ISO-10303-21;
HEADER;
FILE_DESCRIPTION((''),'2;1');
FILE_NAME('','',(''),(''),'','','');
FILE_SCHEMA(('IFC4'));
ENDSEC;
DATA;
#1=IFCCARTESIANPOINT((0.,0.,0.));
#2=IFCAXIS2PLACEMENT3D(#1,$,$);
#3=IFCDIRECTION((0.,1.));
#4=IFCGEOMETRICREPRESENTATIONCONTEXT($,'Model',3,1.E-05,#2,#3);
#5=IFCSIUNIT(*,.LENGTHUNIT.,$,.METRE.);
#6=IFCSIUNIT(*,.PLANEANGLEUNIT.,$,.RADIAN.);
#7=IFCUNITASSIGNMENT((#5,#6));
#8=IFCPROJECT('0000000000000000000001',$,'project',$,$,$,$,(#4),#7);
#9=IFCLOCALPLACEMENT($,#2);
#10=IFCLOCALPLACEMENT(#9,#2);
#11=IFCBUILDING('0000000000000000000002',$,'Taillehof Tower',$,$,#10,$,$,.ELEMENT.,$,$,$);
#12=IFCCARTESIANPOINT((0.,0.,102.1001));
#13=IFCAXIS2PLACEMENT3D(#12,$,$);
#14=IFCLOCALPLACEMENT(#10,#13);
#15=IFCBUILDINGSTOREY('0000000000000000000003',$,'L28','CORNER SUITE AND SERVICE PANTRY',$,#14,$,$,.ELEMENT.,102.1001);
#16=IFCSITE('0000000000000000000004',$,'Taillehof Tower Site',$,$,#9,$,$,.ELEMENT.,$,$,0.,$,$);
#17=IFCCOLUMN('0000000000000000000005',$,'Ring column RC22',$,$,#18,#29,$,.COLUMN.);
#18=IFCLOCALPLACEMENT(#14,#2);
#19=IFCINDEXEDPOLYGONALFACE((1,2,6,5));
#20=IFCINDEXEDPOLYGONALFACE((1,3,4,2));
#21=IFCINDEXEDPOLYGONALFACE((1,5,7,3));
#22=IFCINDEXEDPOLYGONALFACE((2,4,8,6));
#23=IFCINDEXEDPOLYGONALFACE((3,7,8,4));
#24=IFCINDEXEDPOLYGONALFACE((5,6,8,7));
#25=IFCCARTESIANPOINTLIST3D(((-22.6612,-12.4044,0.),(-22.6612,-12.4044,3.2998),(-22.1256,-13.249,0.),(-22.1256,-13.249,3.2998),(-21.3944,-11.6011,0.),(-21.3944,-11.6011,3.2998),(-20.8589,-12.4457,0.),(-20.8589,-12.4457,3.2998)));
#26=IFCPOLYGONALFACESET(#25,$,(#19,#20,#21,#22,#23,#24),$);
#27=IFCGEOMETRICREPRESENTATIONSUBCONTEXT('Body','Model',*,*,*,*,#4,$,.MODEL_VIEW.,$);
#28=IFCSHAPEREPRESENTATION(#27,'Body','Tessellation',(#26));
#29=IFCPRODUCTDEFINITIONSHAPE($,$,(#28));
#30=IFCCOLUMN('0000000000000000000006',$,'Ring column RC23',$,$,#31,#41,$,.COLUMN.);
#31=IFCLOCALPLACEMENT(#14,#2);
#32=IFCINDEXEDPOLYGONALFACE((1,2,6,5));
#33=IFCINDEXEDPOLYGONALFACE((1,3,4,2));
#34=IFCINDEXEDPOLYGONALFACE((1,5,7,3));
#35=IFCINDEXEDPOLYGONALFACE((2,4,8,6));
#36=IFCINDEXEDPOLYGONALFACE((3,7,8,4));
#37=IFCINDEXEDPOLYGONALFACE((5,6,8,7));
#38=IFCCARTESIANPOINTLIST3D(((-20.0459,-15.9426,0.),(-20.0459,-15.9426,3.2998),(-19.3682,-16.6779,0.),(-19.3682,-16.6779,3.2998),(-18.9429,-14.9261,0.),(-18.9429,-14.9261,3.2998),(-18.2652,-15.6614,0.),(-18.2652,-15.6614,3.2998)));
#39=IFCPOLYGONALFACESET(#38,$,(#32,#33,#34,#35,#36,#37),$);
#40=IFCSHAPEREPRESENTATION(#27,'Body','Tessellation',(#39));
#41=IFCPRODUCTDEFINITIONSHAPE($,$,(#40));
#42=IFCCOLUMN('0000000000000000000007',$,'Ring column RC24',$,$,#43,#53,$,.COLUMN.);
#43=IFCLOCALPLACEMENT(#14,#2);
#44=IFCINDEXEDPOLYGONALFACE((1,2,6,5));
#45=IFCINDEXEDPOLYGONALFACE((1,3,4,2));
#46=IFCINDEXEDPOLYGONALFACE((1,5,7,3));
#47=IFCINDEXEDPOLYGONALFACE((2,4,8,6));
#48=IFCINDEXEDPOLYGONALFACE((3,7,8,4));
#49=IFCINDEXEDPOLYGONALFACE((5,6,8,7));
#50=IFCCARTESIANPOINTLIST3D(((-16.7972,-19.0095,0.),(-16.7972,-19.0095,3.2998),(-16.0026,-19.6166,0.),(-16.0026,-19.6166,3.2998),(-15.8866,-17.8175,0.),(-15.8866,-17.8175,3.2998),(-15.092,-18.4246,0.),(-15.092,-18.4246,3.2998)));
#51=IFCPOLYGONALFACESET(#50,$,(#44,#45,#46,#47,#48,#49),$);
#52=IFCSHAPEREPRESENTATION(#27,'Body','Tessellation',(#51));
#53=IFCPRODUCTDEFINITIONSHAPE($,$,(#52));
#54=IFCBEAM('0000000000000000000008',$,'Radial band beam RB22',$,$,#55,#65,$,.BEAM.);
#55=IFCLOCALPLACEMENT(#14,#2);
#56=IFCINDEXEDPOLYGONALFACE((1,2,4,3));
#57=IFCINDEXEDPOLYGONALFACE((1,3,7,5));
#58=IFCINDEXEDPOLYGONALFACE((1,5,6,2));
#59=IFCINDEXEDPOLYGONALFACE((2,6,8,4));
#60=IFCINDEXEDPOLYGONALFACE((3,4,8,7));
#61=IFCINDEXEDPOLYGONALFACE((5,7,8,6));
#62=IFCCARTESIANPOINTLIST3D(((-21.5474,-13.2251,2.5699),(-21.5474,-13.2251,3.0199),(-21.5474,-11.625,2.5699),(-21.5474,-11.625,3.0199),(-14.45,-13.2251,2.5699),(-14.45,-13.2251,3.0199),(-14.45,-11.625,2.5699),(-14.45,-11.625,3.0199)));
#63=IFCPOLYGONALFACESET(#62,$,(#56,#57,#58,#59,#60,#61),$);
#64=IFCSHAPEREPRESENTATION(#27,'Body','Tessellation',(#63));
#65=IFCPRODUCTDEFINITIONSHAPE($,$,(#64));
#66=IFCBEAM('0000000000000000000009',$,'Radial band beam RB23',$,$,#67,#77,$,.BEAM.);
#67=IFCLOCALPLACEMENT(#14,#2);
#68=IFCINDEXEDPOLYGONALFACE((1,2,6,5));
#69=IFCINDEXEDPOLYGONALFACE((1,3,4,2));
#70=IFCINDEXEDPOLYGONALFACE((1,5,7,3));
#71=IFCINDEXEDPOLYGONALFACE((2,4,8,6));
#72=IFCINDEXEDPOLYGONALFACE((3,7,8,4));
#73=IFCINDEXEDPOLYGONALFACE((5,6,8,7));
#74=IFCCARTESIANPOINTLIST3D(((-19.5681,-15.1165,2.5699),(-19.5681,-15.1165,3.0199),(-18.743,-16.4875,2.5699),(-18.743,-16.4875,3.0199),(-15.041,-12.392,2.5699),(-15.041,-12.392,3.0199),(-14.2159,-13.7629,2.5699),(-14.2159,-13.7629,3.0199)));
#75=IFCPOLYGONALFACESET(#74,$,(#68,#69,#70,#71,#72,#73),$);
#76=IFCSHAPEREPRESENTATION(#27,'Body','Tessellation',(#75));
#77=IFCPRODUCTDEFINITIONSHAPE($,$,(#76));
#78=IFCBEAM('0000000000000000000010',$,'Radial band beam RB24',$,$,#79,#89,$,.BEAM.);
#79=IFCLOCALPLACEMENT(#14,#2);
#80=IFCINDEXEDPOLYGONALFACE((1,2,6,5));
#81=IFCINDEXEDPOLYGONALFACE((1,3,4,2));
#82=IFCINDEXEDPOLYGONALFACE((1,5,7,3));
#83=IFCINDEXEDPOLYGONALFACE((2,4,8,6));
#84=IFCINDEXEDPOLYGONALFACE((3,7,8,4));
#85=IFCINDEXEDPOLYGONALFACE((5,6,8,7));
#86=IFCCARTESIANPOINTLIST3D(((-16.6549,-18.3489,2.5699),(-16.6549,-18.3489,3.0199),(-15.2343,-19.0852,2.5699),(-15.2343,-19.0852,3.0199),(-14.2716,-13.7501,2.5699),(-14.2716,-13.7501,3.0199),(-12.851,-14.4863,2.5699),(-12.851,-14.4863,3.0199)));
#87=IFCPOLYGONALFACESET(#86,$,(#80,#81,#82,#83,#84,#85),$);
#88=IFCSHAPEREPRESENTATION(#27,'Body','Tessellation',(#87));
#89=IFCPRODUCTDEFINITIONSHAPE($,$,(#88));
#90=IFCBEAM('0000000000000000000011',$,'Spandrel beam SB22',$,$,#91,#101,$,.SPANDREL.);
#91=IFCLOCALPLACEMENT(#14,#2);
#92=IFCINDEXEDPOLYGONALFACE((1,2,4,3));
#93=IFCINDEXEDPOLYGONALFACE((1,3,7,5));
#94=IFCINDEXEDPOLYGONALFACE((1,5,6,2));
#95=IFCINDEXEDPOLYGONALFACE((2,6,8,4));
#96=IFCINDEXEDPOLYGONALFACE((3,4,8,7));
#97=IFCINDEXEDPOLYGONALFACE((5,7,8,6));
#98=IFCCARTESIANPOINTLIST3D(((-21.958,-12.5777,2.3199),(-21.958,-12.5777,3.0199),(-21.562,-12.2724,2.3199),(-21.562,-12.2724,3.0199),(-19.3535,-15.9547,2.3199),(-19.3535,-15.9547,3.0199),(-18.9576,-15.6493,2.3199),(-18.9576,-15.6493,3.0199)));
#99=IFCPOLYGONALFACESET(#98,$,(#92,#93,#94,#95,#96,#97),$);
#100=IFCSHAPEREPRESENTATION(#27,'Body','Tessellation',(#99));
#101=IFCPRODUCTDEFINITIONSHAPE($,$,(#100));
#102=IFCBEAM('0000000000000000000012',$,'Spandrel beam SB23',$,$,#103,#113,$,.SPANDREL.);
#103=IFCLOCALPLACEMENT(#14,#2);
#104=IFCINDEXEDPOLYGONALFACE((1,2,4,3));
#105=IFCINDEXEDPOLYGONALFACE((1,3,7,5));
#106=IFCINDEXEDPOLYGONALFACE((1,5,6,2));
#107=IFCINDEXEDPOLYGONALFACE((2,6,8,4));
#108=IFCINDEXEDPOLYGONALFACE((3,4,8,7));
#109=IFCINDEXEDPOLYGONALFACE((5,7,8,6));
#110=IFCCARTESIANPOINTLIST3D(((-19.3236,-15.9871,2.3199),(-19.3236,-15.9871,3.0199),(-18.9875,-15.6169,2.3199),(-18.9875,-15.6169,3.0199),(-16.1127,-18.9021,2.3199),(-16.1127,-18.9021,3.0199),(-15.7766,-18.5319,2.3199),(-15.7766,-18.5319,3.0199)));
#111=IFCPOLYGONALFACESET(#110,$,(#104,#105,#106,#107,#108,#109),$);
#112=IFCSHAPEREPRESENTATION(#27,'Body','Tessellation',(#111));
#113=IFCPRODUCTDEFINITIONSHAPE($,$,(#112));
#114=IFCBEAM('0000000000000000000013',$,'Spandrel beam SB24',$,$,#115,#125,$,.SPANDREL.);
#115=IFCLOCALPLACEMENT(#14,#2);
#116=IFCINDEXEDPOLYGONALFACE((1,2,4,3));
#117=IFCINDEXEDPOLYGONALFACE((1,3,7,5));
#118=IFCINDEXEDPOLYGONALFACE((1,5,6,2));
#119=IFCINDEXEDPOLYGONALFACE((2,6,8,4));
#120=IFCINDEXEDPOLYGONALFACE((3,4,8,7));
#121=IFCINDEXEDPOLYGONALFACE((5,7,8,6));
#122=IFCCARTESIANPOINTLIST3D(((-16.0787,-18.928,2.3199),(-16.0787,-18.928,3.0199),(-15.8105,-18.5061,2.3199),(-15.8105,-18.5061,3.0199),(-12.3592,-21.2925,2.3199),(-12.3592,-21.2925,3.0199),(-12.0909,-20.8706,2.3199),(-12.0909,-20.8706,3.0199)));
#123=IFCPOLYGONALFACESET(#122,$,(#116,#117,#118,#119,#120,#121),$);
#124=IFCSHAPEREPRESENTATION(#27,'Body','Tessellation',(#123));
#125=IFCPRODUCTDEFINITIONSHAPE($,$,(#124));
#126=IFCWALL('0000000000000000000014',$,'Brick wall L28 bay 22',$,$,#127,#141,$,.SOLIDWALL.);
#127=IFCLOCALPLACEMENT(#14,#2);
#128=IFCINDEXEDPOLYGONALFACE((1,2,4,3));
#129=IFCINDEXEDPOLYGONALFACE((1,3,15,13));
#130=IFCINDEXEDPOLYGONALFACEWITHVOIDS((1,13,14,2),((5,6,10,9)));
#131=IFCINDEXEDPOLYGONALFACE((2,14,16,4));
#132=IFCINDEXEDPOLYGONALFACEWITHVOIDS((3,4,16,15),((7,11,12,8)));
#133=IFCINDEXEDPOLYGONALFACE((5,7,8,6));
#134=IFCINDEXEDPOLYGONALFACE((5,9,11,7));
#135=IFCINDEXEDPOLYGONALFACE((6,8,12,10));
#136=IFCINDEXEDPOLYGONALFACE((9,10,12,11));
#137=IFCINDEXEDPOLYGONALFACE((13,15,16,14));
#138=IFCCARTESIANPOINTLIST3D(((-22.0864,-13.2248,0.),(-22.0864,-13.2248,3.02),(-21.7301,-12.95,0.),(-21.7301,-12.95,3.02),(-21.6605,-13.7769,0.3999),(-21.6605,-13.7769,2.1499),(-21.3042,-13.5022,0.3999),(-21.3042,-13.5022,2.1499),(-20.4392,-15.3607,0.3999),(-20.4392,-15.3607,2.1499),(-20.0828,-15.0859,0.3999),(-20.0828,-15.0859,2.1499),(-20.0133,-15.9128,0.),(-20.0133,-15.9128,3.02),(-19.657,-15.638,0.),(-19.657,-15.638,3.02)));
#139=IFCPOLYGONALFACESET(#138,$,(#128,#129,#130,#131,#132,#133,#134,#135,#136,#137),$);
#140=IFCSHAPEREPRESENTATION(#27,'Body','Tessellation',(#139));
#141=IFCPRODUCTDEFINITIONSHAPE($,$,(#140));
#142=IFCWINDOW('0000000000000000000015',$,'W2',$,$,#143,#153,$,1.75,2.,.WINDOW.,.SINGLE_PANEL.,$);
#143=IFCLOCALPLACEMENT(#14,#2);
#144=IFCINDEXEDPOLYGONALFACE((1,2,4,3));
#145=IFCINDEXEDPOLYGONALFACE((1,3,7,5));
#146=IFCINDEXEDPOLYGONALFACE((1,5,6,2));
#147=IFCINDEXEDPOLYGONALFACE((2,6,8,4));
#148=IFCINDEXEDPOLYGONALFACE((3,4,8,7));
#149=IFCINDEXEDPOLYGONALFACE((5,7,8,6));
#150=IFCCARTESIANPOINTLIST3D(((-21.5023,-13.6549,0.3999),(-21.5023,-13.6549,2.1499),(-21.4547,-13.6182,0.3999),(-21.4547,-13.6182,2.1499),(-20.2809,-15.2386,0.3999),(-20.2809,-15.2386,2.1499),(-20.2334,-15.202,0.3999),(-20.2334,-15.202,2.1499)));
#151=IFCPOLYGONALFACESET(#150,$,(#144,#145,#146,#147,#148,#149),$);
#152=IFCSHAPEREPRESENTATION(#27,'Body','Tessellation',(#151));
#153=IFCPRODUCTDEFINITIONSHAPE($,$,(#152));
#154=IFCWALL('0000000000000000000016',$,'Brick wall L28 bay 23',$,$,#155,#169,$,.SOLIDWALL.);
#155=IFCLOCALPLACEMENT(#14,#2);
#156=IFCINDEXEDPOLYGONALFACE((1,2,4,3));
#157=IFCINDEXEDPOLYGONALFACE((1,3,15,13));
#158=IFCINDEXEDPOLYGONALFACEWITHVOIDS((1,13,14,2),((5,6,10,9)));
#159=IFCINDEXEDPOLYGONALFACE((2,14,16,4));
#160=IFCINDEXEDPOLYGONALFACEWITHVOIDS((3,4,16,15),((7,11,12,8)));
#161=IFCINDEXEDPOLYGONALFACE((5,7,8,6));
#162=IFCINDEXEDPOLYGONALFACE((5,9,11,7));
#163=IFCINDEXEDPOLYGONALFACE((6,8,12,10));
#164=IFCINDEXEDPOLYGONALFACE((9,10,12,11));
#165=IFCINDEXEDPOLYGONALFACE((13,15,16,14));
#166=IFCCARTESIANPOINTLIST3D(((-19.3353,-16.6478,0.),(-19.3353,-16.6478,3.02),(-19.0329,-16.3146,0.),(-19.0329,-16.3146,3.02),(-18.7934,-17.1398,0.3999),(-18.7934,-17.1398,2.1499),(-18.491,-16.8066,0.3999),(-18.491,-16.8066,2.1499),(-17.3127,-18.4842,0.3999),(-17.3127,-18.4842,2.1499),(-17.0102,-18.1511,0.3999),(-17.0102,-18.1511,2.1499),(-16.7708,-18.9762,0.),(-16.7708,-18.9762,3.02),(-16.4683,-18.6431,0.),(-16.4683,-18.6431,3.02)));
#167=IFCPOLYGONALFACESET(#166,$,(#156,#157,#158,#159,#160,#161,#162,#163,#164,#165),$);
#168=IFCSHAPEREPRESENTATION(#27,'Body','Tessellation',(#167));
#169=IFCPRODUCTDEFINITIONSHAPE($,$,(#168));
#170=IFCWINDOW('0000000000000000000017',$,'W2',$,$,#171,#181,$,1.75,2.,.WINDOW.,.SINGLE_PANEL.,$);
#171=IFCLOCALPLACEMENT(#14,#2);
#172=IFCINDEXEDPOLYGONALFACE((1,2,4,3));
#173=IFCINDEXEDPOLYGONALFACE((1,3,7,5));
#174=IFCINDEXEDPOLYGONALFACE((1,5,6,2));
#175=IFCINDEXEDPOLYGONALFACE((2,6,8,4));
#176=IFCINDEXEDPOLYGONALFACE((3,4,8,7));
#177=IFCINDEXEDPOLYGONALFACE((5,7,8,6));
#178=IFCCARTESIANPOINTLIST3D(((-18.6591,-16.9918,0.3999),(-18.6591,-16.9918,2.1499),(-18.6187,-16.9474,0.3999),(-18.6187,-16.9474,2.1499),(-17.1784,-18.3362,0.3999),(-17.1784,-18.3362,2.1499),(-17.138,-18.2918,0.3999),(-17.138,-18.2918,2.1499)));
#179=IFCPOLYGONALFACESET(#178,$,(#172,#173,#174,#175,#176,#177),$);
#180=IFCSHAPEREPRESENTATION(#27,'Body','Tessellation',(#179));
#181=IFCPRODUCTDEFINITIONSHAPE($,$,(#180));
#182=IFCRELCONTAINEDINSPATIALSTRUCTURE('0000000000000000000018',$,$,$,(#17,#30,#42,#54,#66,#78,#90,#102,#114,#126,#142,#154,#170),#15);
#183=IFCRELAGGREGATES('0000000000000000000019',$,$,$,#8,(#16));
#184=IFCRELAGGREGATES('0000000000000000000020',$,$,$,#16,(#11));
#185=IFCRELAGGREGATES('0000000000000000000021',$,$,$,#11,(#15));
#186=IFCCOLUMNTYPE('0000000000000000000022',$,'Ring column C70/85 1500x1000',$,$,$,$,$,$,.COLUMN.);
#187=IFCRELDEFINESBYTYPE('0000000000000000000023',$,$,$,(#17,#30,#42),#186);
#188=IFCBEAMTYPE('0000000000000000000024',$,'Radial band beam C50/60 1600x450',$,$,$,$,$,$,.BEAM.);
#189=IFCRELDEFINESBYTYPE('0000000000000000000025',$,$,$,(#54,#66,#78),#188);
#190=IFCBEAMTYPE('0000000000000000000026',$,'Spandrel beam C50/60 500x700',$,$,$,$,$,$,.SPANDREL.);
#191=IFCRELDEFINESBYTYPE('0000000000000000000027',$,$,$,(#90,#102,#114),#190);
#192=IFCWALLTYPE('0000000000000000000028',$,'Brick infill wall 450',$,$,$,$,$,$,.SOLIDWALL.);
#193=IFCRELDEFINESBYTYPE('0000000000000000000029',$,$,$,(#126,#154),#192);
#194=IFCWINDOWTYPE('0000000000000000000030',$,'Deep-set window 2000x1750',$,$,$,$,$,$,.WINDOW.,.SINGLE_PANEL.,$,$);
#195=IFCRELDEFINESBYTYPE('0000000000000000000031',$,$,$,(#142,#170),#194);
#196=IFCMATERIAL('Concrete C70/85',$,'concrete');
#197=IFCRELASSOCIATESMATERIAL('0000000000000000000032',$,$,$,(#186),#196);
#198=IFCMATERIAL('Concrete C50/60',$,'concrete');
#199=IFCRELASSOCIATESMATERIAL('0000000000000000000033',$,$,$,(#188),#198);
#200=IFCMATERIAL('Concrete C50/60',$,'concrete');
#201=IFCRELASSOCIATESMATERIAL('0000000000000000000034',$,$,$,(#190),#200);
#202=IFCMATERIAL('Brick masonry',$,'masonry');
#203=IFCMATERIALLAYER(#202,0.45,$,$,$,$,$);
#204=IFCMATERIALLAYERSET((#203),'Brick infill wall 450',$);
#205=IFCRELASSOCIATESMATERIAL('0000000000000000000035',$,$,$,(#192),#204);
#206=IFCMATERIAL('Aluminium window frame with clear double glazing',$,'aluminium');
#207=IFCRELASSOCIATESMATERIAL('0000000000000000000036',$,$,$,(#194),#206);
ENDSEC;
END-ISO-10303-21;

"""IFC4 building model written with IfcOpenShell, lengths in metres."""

from ifc_helpers import new_model, si_unit, direction, frame, frame_2d, origin, origin_2d, place, context, subcontext, project, spatial, rectangle, extrude, material, layer, layer_set, material_profile, profile_set, type_object, element, fill, save


model = new_model("IFC4")

# Units and contexts
model_context = context("Model", 3, precision=1e-05, world=origin(), true_north=direction((0.0, 1.0)))
body_context = subcontext(model_context, "Body", "Model", "MODEL_VIEW")
ifc_project = project(units=[si_unit("LENGTHUNIT", "METRE"), si_unit("PLANEANGLEUNIT", "RADIAN")], contexts=[model_context])

# Site, building, storey
site_placement = place(None, origin())
site = spatial("IfcSite", under=ifc_project, at=site_placement, Name="Taillehof Tower Site", CompositionType="ELEMENT", RefElevation=0.0)
building_placement = place(site_placement, origin())
building = spatial("IfcBuilding", under=site, at=building_placement, Name="Taillehof Tower", CompositionType="ELEMENT")
storey_placement = place(building_placement, frame((0.0, 0.0, 102.1001)))
storey = spatial("IfcBuildingStorey", under=building, at=storey_placement, Name="L28", Description="CORNER SUITE AND SERVICE PANTRY", CompositionType="ELEMENT", Elevation=102.1001)

# Columns
ifc_material_1 = material(Name="Concrete C70/85", Category="concrete")
ifc_material_profile_1 = material_profile(ifc_material_1, rectangle(XDim=1.5, YDim=1.0, at=origin_2d()), Name="RC 1500x1000")
ifc_profile_set_1 = profile_set([ifc_material_profile_1], Name="Concrete C70/85")
column_type = type_object("IfcColumnType", Name="Ring column C70/85 1500x1000", PredefinedType="COLUMN", material=ifc_profile_set_1)
for number, where, z_axis, x_axis, name in (
    (1, (-21.76, -12.425, 0.0), (0.0, 0.0, 1.0), (-0.844511, -0.535537, 0.0), "Ring column RC22"),
    (2, (-19.1555, -15.802, 0.0), (0.0, 0.0, 1.0), (-0.735332, -0.677707, 0.0), "Ring column RC23"),
    (3, (-15.9446, -18.717, 0.0), (0.0, 0.0, 1.0), (-0.607074, -0.794645, 0.0), "Ring column RC24"),
):
    element("IfcColumn", number, at=place(storey_placement, frame(where, z_axis=z_axis, x_axis=x_axis)), inside=storey, type_object=column_type, Name=name, PredefinedType="COLUMN", context=body_context, shape_type="SweptSolid", body=[
        extrude(rectangle(XDim=1.5, YDim=1.0, at=origin_2d()), origin(), (0.0, 0.0, 1.0), 3.2998),
    ])

# Beams
ifc_material_2 = material(Name="Concrete C50/60", Category="concrete")
ifc_material_profile_2 = material_profile(ifc_material_2, rectangle(XDim=1.6001, YDim=0.45, at=origin_2d()), Name="RC 1600x450")
ifc_profile_set_2 = profile_set([ifc_material_profile_2], Name="Concrete C50/60")
beam_type_1 = type_object("IfcBeamType", Name="Radial band beam C50/60 1600x450", PredefinedType="BEAM", material=ifc_profile_set_2)
beam_1_placement = place(storey_placement, frame((-21.5474, -12.425, 2.7949), z_axis=(1.0, 0.0, 0.0), x_axis=(0.0, 1.0, 0.0)))
element("IfcBeam", 4, at=beam_1_placement, inside=storey, type_object=beam_type_1, Name="Radial band beam RB22", PredefinedType="BEAM", context=body_context, shape_type="SweptSolid", body=[
    extrude(rectangle(XDim=1.6001, YDim=0.45, at=origin_2d()), origin(), (0.0, 0.0, 1.0), 7.0974),
])
beam_2_placement = place(storey_placement, frame((-19.1555, -15.802, 2.7949), z_axis=(0.856795, 0.515657, 0.0), x_axis=(-0.515657, 0.856795, 0.0)))
element("IfcBeam", 5, at=beam_2_placement, inside=storey, type_object=beam_type_1, Name="Radial band beam RB23", PredefinedType="BEAM", context=body_context, shape_type="SweptSolid", body=[
    extrude(rectangle(XDim=1.6001, YDim=0.45, at=origin_2d()), origin(), (0.0, 0.0, 1.0), 5.2837),
])
beam_3_placement = place(storey_placement, frame((-15.9446, -18.717, 2.7949), z_axis=(0.460119, 0.887857, 0.0), x_axis=(-0.887857, 0.460119, 0.0)))
element("IfcBeam", 6, at=beam_3_placement, inside=storey, type_object=beam_type_1, Name="Radial band beam RB24", PredefinedType="BEAM", context=body_context, shape_type="SweptSolid", body=[
    extrude(rectangle(XDim=1.6001, YDim=0.45, at=origin_2d()), origin(), (0.0, 0.0, 1.0), 5.1797),
])
ifc_material_3 = material(Name="Concrete C50/60", Category="concrete")
ifc_material_profile_3 = material_profile(ifc_material_3, rectangle(XDim=0.5, YDim=0.7, at=origin_2d()), Name="RC 500x700")
ifc_profile_set_3 = profile_set([ifc_material_profile_3], Name="Concrete C50/60")
beam_type_2 = type_object("IfcBeamType", Name="Spandrel beam C50/60 500x700", PredefinedType="SPANDREL", material=ifc_profile_set_3)
beam_4_placement = place(storey_placement, frame((-21.76, -12.425, 2.6699), z_axis=(0.610717, -0.791849, 0.0), x_axis=(0.791849, 0.610717, 0.0)))
element("IfcBeam", 7, at=beam_4_placement, inside=storey, type_object=beam_type_2, Name="Spandrel beam SB22", PredefinedType="SPANDREL", context=body_context, shape_type="SweptSolid", body=[
    extrude(rectangle(XDim=0.5, YDim=0.7, at=origin_2d()), origin(), (0.0, 0.0, 1.0), 4.2646),
])
beam_5_placement = place(storey_placement, frame((-19.1555, -15.802, 2.6699), z_axis=(0.740398, -0.672168, 0.0), x_axis=(0.672168, 0.740398, 0.0)))
element("IfcBeam", 8, at=beam_5_placement, inside=storey, type_object=beam_type_2, Name="Spandrel beam SB23", PredefinedType="SPANDREL", context=body_context, shape_type="SweptSolid", body=[
    extrude(rectangle(XDim=0.5, YDim=0.7, at=origin_2d()), origin(), (0.0, 0.0, 1.0), 4.3367),
])
beam_6_placement = place(storey_placement, frame((-15.9446, -18.717, 2.6699), z_axis=(0.843912, -0.536481, 0.0), x_axis=(0.536481, 0.843912, 0.0)))
element("IfcBeam", 9, at=beam_6_placement, inside=storey, type_object=beam_type_2, Name="Spandrel beam SB24", PredefinedType="SPANDREL", context=body_context, shape_type="SweptSolid", body=[
    extrude(rectangle(XDim=0.5, YDim=0.7, at=origin_2d()), origin(), (0.0, 0.0, 1.0), 4.4075),
])

# Walls, openings, windows
ifc_material_4 = material(Name="Brick masonry", Category="masonry")
ifc_layer_1 = layer(ifc_material_4, 0.45)
ifc_layer_set_1 = layer_set([ifc_layer_1], Name="Brick infill wall 450")
wall_type_1 = type_object("IfcWallType", Name="Brick infill wall 450", PredefinedType="SOLIDWALL", material=ifc_layer_set_1)
wall_1_placement = place(storey_placement, frame((-21.9082, -13.0874, 0.0), z_axis=(0.0, 0.0, 1.0), x_axis=(0.610694, -0.791867, 0.0)))
wall_1 = element("IfcWall", 10, at=wall_1_placement, inside=storey, type_object=wall_type_1, Name="Brick wall L28 bay 22", PredefinedType="SOLIDWALL", context=body_context, shape_type="SweptSolid", body=[
    extrude(rectangle(XDim=3.3945, YDim=0.45, at=frame_2d((1.6973, 0.0))), origin(), (0.0, 0.0, 1.0), 3.02),
])
opening_1_placement = place(wall_1_placement, frame((0.6973, 0.0, 0.3999)))
opening_1 = element("IfcOpeningElement", 11, at=opening_1_placement, cuts=wall_1, PredefinedType="OPENING", context=body_context, shape_type="SweptSolid", body=[
    extrude(rectangle(XDim=2.0, YDim=1.75, at=frame_2d((1.0, 0.875))), frame((0.0, 0.2349, 0.0), z_axis=(0.0, -1.0, 0.0), x_axis=(1.0, 0.0, 0.0)), (0.0, 0.0, 1.0), 0.47),
])
ifc_material_5 = material(Name="Aluminium window frame with clear double glazing", Category="aluminium")
window_type = type_object("IfcWindowType", Name="Deep-set window 2000x1750", PartitioningType="SINGLE_PANEL", PredefinedType="WINDOW", material=ifc_material_5)
window_1_placement = place(opening_1_placement, origin())
window_1 = element("IfcWindow", 12, at=window_1_placement, inside=storey, type_object=window_type, Name="W2", OverallHeight=1.75, OverallWidth=2.0, PartitioningType="SINGLE_PANEL", PredefinedType="WINDOW", context=body_context, shape_type="SweptSolid", body=[
    extrude(rectangle(XDim=2.0, YDim=1.75, at=frame_2d((1.0, 0.875))), frame((0.0, 0.0349, 0.0), z_axis=(0.0, -1.0, 0.0), x_axis=(1.0, 0.0, 0.0)), (0.0, 0.0, 1.0), 0.0601),
])
fill(opening_1, window_1)
wall_2_placement = place(storey_placement, frame((-19.1841, -16.4812, 0.0), z_axis=(0.0, 0.0, 1.0), x_axis=(0.740364, -0.672206, 0.0)))
wall_2 = element("IfcWall", 13, at=wall_2_placement, inside=storey, type_object=wall_type_1, Name="Brick wall L28 bay 23", PredefinedType="SOLIDWALL", context=body_context, shape_type="SweptSolid", body=[
    extrude(rectangle(XDim=3.4639, YDim=0.45, at=frame_2d((1.7319, 0.0))), origin(), (0.0, 0.0, 1.0), 3.02),
])
opening_2_placement = place(wall_2_placement, frame((0.7319, 0.0, 0.3999)))
opening_2 = element("IfcOpeningElement", 14, at=opening_2_placement, cuts=wall_2, PredefinedType="OPENING", context=body_context, shape_type="SweptSolid", body=[
    extrude(rectangle(XDim=2.0, YDim=1.75, at=frame_2d((1.0, 0.875))), frame((0.0, 0.2349, 0.0), z_axis=(0.0, -1.0, 0.0), x_axis=(1.0, 0.0, 0.0)), (0.0, 0.0, 1.0), 0.47),
])
window_2_placement = place(opening_2_placement, origin())
window_2 = element("IfcWindow", 15, at=window_2_placement, inside=storey, type_object=window_type, Name="W2", OverallHeight=1.75, OverallWidth=2.0, PartitioningType="SINGLE_PANEL", PredefinedType="WINDOW", context=body_context, shape_type="SweptSolid", body=[
    extrude(rectangle(XDim=2.0, YDim=1.75, at=frame_2d((1.0, 0.875))), frame((0.0, 0.0349, 0.0), z_axis=(0.0, -1.0, 0.0), x_axis=(1.0, 0.0, 0.0)), (0.0, 0.0, 1.0), 0.0601),
])
fill(opening_2, window_2)

save(model, "model.ifc")
